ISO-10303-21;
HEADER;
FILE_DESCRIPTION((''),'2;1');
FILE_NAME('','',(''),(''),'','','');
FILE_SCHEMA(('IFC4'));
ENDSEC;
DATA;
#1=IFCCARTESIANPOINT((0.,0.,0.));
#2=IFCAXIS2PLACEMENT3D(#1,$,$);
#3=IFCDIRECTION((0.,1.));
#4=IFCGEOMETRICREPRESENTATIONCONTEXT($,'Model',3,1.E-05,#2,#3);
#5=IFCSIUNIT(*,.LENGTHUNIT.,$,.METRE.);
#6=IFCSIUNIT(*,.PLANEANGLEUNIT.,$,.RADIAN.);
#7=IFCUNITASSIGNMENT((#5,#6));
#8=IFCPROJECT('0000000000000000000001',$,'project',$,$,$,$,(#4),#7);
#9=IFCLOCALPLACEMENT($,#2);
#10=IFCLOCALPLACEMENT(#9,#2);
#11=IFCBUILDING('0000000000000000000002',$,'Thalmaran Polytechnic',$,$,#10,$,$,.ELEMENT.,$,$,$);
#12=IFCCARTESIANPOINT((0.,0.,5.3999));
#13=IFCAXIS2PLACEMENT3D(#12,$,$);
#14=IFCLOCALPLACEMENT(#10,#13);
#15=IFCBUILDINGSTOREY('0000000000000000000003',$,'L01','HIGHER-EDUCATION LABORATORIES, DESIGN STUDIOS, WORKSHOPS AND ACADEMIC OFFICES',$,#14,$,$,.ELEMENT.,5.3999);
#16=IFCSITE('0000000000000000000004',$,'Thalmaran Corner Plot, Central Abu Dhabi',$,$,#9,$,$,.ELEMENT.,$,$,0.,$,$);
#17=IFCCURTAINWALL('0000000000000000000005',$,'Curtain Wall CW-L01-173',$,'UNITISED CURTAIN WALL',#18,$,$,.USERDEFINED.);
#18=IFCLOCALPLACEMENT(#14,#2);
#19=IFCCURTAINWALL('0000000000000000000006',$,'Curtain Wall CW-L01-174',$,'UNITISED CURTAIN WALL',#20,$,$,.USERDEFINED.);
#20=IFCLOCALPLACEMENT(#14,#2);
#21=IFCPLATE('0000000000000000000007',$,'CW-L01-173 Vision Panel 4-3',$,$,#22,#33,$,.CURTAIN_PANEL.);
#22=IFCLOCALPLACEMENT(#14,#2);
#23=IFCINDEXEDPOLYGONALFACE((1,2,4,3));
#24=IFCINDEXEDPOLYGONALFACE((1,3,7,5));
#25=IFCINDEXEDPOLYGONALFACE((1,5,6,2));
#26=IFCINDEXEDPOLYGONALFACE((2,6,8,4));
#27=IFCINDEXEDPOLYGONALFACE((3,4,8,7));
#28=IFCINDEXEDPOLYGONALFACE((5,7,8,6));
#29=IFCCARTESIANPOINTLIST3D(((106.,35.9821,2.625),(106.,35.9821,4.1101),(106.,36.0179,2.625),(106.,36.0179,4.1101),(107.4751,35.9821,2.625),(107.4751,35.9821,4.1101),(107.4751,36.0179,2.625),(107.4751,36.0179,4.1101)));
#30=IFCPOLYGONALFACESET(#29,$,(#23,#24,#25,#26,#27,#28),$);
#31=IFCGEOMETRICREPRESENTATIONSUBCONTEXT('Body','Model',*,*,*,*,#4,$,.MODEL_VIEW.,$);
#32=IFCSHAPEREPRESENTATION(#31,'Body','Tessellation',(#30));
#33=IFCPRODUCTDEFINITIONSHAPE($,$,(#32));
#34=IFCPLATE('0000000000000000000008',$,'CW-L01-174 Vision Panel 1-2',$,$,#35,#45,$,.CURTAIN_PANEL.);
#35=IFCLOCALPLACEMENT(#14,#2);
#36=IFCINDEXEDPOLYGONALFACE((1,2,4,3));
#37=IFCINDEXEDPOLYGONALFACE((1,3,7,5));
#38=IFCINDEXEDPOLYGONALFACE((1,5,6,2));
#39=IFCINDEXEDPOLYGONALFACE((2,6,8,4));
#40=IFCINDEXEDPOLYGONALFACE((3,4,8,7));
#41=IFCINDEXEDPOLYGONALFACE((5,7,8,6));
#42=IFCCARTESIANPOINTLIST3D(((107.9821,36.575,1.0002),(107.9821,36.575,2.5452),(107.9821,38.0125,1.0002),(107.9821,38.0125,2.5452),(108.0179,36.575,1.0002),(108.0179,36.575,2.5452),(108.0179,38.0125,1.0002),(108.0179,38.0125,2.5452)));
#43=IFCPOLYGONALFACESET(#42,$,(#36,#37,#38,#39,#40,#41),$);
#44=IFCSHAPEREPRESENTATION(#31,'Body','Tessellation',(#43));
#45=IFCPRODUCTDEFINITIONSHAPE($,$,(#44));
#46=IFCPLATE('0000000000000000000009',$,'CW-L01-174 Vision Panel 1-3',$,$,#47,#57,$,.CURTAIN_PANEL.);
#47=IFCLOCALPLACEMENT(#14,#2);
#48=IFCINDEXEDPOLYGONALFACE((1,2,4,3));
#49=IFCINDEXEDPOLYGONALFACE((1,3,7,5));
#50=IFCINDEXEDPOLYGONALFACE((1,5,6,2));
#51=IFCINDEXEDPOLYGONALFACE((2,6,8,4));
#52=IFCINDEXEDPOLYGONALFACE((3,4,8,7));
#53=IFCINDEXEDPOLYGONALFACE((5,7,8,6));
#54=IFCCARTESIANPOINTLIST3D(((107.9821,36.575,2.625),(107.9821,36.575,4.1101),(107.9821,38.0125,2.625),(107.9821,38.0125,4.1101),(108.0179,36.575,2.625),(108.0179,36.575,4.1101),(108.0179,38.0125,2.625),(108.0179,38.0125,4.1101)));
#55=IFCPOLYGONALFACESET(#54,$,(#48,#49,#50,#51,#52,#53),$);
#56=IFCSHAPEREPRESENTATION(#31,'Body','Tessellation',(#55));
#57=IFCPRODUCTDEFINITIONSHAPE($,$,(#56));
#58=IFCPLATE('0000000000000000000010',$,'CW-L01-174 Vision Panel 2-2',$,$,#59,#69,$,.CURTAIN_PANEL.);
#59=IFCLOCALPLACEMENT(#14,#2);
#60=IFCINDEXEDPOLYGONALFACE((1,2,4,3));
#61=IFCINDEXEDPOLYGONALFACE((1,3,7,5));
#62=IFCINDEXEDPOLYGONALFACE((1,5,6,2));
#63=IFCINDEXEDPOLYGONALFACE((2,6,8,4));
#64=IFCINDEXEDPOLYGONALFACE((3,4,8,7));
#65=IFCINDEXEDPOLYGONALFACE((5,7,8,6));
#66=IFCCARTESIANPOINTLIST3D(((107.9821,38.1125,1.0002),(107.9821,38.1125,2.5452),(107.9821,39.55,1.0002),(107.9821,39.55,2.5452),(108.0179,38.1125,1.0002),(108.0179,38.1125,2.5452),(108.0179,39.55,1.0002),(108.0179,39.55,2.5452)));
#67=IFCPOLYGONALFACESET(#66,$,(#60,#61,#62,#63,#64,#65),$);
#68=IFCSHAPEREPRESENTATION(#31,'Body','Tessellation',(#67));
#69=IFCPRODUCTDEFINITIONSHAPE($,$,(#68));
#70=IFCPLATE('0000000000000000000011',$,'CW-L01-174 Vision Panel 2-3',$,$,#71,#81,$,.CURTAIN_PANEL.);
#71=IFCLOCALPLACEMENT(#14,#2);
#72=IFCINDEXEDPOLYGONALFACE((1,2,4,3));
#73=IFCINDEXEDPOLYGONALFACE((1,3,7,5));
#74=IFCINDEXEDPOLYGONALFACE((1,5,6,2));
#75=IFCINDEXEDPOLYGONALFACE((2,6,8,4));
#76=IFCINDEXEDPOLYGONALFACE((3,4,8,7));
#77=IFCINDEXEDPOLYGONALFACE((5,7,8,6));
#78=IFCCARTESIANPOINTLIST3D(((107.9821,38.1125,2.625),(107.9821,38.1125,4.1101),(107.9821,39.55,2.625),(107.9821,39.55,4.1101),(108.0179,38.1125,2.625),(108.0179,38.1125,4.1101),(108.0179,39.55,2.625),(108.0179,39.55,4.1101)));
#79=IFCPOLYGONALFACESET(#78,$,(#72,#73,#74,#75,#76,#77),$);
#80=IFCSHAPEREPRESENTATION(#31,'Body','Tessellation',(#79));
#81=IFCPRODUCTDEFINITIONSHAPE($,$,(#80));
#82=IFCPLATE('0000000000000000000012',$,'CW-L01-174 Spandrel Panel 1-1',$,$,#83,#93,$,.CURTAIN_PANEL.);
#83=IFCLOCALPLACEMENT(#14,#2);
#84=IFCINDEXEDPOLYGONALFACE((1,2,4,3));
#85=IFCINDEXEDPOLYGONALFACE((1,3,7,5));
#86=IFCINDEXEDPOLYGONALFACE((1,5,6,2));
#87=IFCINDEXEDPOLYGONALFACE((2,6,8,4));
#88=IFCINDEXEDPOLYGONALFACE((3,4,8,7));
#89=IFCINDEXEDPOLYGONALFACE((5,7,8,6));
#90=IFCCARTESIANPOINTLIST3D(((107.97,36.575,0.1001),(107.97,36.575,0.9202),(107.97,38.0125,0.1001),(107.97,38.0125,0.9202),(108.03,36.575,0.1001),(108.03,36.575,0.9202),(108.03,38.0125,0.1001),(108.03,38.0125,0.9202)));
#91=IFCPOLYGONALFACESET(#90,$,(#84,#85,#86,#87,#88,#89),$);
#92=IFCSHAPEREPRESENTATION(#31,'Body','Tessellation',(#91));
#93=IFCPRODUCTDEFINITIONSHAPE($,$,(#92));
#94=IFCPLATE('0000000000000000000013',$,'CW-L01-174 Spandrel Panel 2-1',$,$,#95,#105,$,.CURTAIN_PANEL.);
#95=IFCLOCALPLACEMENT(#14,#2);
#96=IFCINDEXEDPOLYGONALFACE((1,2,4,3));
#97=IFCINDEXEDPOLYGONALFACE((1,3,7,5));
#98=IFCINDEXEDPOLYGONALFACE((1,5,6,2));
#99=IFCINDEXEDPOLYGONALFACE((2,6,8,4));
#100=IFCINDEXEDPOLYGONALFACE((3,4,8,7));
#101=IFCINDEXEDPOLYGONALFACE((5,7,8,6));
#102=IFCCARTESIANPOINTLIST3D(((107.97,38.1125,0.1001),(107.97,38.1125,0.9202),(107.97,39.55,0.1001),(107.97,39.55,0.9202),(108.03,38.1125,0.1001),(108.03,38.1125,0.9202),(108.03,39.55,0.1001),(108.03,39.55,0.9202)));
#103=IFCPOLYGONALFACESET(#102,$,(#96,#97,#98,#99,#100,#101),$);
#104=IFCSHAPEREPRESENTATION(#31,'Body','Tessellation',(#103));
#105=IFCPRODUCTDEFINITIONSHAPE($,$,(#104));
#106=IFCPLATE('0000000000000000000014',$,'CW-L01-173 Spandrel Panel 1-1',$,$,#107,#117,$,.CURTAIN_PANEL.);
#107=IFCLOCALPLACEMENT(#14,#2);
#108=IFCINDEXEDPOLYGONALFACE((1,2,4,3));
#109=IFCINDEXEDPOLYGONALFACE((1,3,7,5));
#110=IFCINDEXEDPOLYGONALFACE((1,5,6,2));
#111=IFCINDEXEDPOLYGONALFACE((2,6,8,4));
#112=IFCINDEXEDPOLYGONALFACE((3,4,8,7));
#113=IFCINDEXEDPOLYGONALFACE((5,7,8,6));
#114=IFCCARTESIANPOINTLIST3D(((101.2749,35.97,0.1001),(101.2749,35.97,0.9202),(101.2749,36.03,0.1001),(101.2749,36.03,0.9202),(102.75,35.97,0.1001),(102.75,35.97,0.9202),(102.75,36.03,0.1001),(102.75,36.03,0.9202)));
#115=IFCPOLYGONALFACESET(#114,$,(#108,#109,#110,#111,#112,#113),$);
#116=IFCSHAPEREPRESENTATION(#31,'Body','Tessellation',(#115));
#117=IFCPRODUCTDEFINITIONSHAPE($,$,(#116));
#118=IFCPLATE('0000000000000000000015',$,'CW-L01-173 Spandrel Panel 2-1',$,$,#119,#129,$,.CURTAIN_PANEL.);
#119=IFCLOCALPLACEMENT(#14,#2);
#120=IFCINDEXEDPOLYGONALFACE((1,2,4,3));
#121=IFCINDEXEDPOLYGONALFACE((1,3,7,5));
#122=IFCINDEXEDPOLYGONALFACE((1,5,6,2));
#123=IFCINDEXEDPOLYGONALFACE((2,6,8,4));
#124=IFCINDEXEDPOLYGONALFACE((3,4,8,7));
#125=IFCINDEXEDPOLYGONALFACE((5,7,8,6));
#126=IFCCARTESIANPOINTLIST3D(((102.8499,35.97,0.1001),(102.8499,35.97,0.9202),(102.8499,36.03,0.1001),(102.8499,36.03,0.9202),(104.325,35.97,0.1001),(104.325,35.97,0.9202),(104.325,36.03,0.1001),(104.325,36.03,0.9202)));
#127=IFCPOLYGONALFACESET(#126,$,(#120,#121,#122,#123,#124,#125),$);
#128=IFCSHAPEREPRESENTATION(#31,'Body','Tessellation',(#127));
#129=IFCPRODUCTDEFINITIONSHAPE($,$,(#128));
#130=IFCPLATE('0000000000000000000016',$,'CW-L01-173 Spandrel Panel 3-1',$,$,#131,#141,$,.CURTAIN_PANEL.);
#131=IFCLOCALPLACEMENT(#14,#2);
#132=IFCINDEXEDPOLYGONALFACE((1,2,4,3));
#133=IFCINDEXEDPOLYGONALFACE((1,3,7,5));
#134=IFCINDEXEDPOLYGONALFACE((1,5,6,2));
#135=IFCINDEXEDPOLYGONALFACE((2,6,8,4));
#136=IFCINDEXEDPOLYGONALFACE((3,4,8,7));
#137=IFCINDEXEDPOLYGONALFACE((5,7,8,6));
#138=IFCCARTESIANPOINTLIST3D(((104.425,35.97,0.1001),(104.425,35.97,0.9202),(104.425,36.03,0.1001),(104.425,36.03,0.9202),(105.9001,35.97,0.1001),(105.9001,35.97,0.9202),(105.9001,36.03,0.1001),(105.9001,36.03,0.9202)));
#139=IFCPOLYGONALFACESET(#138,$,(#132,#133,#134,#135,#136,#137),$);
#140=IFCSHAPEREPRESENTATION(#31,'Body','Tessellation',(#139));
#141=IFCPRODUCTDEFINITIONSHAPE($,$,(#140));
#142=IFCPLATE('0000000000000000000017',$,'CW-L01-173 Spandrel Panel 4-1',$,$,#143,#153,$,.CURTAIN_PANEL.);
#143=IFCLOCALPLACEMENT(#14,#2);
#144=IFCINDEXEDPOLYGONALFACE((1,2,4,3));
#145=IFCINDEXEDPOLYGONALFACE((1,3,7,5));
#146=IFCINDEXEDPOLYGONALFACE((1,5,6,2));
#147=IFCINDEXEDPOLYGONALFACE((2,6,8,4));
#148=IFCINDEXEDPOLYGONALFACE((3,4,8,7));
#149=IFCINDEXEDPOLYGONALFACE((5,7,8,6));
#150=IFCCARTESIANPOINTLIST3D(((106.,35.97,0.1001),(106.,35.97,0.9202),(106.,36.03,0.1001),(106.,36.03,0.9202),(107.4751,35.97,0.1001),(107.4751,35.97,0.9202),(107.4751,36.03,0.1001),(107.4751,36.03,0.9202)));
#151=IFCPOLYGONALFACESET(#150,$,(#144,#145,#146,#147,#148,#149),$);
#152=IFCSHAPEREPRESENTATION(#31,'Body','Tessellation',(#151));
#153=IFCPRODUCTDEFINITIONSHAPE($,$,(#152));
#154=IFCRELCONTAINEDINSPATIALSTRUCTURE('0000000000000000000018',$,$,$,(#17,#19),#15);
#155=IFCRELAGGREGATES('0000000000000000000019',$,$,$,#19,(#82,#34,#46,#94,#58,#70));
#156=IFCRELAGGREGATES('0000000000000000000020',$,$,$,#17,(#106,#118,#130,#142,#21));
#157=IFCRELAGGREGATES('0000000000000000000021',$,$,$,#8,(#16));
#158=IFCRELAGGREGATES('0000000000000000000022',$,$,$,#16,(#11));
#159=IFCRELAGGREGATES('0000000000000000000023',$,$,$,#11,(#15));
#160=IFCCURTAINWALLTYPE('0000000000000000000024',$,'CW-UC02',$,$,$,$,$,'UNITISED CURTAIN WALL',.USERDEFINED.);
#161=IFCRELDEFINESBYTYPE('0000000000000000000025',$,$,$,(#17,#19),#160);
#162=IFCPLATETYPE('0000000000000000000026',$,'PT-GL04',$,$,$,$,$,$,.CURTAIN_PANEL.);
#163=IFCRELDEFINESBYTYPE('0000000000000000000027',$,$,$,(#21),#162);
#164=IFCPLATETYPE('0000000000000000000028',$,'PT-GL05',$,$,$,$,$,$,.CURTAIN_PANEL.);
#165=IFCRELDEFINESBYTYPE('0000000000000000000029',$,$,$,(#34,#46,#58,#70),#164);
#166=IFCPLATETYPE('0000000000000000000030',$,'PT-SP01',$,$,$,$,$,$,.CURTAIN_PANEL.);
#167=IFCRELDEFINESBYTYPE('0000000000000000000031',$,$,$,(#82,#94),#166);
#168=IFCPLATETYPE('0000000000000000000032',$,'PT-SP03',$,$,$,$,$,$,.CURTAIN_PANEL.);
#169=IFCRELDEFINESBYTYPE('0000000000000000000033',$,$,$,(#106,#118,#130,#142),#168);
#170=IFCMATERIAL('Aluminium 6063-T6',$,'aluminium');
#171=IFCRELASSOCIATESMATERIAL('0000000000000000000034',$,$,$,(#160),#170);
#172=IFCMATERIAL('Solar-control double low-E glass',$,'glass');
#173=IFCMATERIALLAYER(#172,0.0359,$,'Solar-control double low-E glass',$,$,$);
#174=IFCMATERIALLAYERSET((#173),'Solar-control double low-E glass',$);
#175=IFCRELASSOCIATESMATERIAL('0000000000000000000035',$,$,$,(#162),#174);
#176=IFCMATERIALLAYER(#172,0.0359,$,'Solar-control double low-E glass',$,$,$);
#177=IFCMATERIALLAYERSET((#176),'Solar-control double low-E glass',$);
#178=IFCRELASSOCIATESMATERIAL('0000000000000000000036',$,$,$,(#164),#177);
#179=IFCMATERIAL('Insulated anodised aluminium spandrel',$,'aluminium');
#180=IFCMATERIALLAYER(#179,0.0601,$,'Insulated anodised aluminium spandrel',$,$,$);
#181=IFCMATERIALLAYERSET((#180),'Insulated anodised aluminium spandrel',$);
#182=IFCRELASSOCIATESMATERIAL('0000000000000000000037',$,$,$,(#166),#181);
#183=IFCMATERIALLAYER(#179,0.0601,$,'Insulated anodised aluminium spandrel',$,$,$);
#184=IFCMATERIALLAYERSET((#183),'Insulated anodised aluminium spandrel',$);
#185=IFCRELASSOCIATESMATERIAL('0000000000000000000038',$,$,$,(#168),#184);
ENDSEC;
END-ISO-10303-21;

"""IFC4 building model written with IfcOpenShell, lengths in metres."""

from ifc_helpers import new_model, si_unit, direction, frame, origin, origin_2d, place, context, subcontext, project, spatial, rectangle, extrude, material, layer, layer_set, type_object, element, aggregate, save


model = new_model("IFC4")

# Units and contexts
model_context = context("Model", 3, precision=1e-05, world=origin(), true_north=direction((0.0, 1.0)))
body_context = subcontext(model_context, "Body", "Model", "MODEL_VIEW")
ifc_project = project(units=[si_unit("LENGTHUNIT", "METRE"), si_unit("PLANEANGLEUNIT", "RADIAN")], contexts=[model_context])

# Site, building, storey
site_placement = place(None, origin())
site = spatial("IfcSite", under=ifc_project, at=site_placement, Name="Thalmaran Corner Plot, Central Abu Dhabi", CompositionType="ELEMENT", RefElevation=0.0)
building_placement = place(site_placement, origin())
building = spatial("IfcBuilding", under=site, at=building_placement, Name="Thalmaran Polytechnic", CompositionType="ELEMENT")
storey_placement = place(building_placement, frame((0.0, 0.0, 5.3999)))
storey = spatial("IfcBuildingStorey", under=building, at=storey_placement, Name="L01", Description="HIGHER-EDUCATION LABORATORIES, DESIGN STUDIOS, WORKSHOPS AND ACADEMIC OFFICES", CompositionType="ELEMENT", Elevation=5.3999)

# Curtain walls
ifc_material_1 = material(Name="Aluminium 6063-T6", Category="aluminium")
curtain_wall_type = type_object("IfcCurtainWallType", Name="CW-UC02", ElementType="UNITISED CURTAIN WALL", PredefinedType="USERDEFINED", material=ifc_material_1)
curtain_wall_1_placement = place(storey_placement, origin())
curtain_wall_1 = element("IfcCurtainWall", 1, at=curtain_wall_1_placement, inside=storey, type_object=curtain_wall_type, Name="Curtain Wall CW-L01-173", ObjectType="UNITISED CURTAIN WALL", PredefinedType="USERDEFINED")
curtain_wall_2_placement = place(storey_placement, origin())
curtain_wall_2 = element("IfcCurtainWall", 2, at=curtain_wall_2_placement, inside=storey, type_object=curtain_wall_type, Name="Curtain Wall CW-L01-174", ObjectType="UNITISED CURTAIN WALL", PredefinedType="USERDEFINED")

# Plates
ifc_material_2 = material(Name="Solar-control double low-E glass", Category="glass")
ifc_layer_1 = layer(ifc_material_2, 0.0359, Name="Solar-control double low-E glass")
ifc_layer_set_1 = layer_set([ifc_layer_1], Name="Solar-control double low-E glass")
plate_type_1 = type_object("IfcPlateType", Name="PT-GL04", PredefinedType="CURTAIN_PANEL", material=ifc_layer_set_1)
plate_1_placement = place(storey_placement, frame((106.7375, 36.0, 2.625), z_axis=(0.0, 0.0, 1.0), x_axis=(1.0, 0.0, 0.0)))
plate_1 = element("IfcPlate", 3, at=plate_1_placement, type_object=plate_type_1, Name="CW-L01-173 Vision Panel 4-3", PredefinedType="CURTAIN_PANEL", context=body_context, shape_type="SweptSolid", body=[
    extrude(rectangle(XDim=1.4751, YDim=0.0359, at=origin_2d()), origin(), (0.0, 0.0, 1.0), 1.4851),
])
ifc_layer_2 = layer(ifc_material_2, 0.0359, Name="Solar-control double low-E glass")
ifc_layer_set_2 = layer_set([ifc_layer_2], Name="Solar-control double low-E glass")
plate_type_2 = type_object("IfcPlateType", Name="PT-GL05", PredefinedType="CURTAIN_PANEL", material=ifc_layer_set_2)
plate_2_placement = place(storey_placement, frame((108.0, 37.2937, 1.0002), z_axis=(0.0, 0.0, 1.0), x_axis=(0.0, 1.0, 0.0)))
plate_2 = element("IfcPlate", 4, at=plate_2_placement, type_object=plate_type_2, Name="CW-L01-174 Vision Panel 1-2", PredefinedType="CURTAIN_PANEL", context=body_context, shape_type="SweptSolid", body=[
    extrude(rectangle(XDim=1.4375, YDim=0.0359, at=origin_2d()), origin(), (0.0, 0.0, 1.0), 1.5449),
])
plate_3_placement = place(storey_placement, frame((108.0, 37.2937, 2.625), z_axis=(0.0, 0.0, 1.0), x_axis=(0.0, 1.0, 0.0)))
plate_3 = element("IfcPlate", 5, at=plate_3_placement, type_object=plate_type_2, Name="CW-L01-174 Vision Panel 1-3", PredefinedType="CURTAIN_PANEL", context=body_context, shape_type="SweptSolid", body=[
    extrude(rectangle(XDim=1.4375, YDim=0.0359, at=origin_2d()), origin(), (0.0, 0.0, 1.0), 1.4851),
])
plate_4_placement = place(storey_placement, frame((108.0, 38.8313, 1.0002), z_axis=(0.0, 0.0, 1.0), x_axis=(0.0, 1.0, 0.0)))
plate_4 = element("IfcPlate", 6, at=plate_4_placement, type_object=plate_type_2, Name="CW-L01-174 Vision Panel 2-2", PredefinedType="CURTAIN_PANEL", context=body_context, shape_type="SweptSolid", body=[
    extrude(rectangle(XDim=1.4375, YDim=0.0359, at=origin_2d()), origin(), (0.0, 0.0, 1.0), 1.5449),
])
plate_5_placement = place(storey_placement, frame((108.0, 38.8313, 2.625), z_axis=(0.0, 0.0, 1.0), x_axis=(0.0, 1.0, 0.0)))
plate_5 = element("IfcPlate", 7, at=plate_5_placement, type_object=plate_type_2, Name="CW-L01-174 Vision Panel 2-3", PredefinedType="CURTAIN_PANEL", context=body_context, shape_type="SweptSolid", body=[
    extrude(rectangle(XDim=1.4375, YDim=0.0359, at=origin_2d()), origin(), (0.0, 0.0, 1.0), 1.4851),
])
ifc_material_3 = material(Name="Insulated anodised aluminium spandrel", Category="aluminium")
ifc_layer_3 = layer(ifc_material_3, 0.0601, Name="Insulated anodised aluminium spandrel")
ifc_layer_set_3 = layer_set([ifc_layer_3], Name="Insulated anodised aluminium spandrel")
plate_type_3 = type_object("IfcPlateType", Name="PT-SP01", PredefinedType="CURTAIN_PANEL", material=ifc_layer_set_3)
plate_6_placement = place(storey_placement, frame((108.0, 37.2937, 0.1001), z_axis=(0.0, 0.0, 1.0), x_axis=(0.0, 1.0, 0.0)))
plate_6 = element("IfcPlate", 8, at=plate_6_placement, type_object=plate_type_3, Name="CW-L01-174 Spandrel Panel 1-1", PredefinedType="CURTAIN_PANEL", context=body_context, shape_type="SweptSolid", body=[
    extrude(rectangle(XDim=1.4375, YDim=0.0601, at=origin_2d()), origin(), (0.0, 0.0, 1.0), 0.8201),
])
plate_7_placement = place(storey_placement, frame((108.0, 38.8313, 0.1001), z_axis=(0.0, 0.0, 1.0), x_axis=(0.0, 1.0, 0.0)))
plate_7 = element("IfcPlate", 9, at=plate_7_placement, type_object=plate_type_3, Name="CW-L01-174 Spandrel Panel 2-1", PredefinedType="CURTAIN_PANEL", context=body_context, shape_type="SweptSolid", body=[
    extrude(rectangle(XDim=1.4375, YDim=0.0601, at=origin_2d()), origin(), (0.0, 0.0, 1.0), 0.8201),
])
aggregate(curtain_wall_2, [plate_6, plate_2, plate_3, plate_7, plate_4, plate_5])
ifc_layer_4 = layer(ifc_material_3, 0.0601, Name="Insulated anodised aluminium spandrel")
ifc_layer_set_4 = layer_set([ifc_layer_4], Name="Insulated anodised aluminium spandrel")
plate_type_4 = type_object("IfcPlateType", Name="PT-SP03", PredefinedType="CURTAIN_PANEL", material=ifc_layer_set_4)
plate_8_placement = place(storey_placement, frame((102.0125, 36.0, 0.1001), z_axis=(0.0, 0.0, 1.0), x_axis=(1.0, 0.0, 0.0)))
plate_8 = element("IfcPlate", 10, at=plate_8_placement, type_object=plate_type_4, Name="CW-L01-173 Spandrel Panel 1-1", PredefinedType="CURTAIN_PANEL", context=body_context, shape_type="SweptSolid", body=[
    extrude(rectangle(XDim=1.4751, YDim=0.0601, at=origin_2d()), origin(), (0.0, 0.0, 1.0), 0.8201),
])
plate_9_placement = place(storey_placement, frame((103.5874, 36.0, 0.1001), z_axis=(0.0, 0.0, 1.0), x_axis=(1.0, 0.0, 0.0)))
plate_9 = element("IfcPlate", 11, at=plate_9_placement, type_object=plate_type_4, Name="CW-L01-173 Spandrel Panel 2-1", PredefinedType="CURTAIN_PANEL", context=body_context, shape_type="SweptSolid", body=[
    extrude(rectangle(XDim=1.4751, YDim=0.0601, at=origin_2d()), origin(), (0.0, 0.0, 1.0), 0.8201),
])
plate_10_placement = place(storey_placement, frame((105.1626, 36.0, 0.1001), z_axis=(0.0, 0.0, 1.0), x_axis=(1.0, 0.0, 0.0)))
plate_10 = element("IfcPlate", 12, at=plate_10_placement, type_object=plate_type_4, Name="CW-L01-173 Spandrel Panel 3-1", PredefinedType="CURTAIN_PANEL", context=body_context, shape_type="SweptSolid", body=[
    extrude(rectangle(XDim=1.4751, YDim=0.0601, at=origin_2d()), origin(), (0.0, 0.0, 1.0), 0.8201),
])
plate_11_placement = place(storey_placement, frame((106.7375, 36.0, 0.1001), z_axis=(0.0, 0.0, 1.0), x_axis=(1.0, 0.0, 0.0)))
plate_11 = element("IfcPlate", 13, at=plate_11_placement, type_object=plate_type_4, Name="CW-L01-173 Spandrel Panel 4-1", PredefinedType="CURTAIN_PANEL", context=body_context, shape_type="SweptSolid", body=[
    extrude(rectangle(XDim=1.4751, YDim=0.0601, at=origin_2d()), origin(), (0.0, 0.0, 1.0), 0.8201),
])
aggregate(curtain_wall_1, [plate_8, plate_9, plate_10, plate_11, plate_1])

save(model, "model.ifc")
